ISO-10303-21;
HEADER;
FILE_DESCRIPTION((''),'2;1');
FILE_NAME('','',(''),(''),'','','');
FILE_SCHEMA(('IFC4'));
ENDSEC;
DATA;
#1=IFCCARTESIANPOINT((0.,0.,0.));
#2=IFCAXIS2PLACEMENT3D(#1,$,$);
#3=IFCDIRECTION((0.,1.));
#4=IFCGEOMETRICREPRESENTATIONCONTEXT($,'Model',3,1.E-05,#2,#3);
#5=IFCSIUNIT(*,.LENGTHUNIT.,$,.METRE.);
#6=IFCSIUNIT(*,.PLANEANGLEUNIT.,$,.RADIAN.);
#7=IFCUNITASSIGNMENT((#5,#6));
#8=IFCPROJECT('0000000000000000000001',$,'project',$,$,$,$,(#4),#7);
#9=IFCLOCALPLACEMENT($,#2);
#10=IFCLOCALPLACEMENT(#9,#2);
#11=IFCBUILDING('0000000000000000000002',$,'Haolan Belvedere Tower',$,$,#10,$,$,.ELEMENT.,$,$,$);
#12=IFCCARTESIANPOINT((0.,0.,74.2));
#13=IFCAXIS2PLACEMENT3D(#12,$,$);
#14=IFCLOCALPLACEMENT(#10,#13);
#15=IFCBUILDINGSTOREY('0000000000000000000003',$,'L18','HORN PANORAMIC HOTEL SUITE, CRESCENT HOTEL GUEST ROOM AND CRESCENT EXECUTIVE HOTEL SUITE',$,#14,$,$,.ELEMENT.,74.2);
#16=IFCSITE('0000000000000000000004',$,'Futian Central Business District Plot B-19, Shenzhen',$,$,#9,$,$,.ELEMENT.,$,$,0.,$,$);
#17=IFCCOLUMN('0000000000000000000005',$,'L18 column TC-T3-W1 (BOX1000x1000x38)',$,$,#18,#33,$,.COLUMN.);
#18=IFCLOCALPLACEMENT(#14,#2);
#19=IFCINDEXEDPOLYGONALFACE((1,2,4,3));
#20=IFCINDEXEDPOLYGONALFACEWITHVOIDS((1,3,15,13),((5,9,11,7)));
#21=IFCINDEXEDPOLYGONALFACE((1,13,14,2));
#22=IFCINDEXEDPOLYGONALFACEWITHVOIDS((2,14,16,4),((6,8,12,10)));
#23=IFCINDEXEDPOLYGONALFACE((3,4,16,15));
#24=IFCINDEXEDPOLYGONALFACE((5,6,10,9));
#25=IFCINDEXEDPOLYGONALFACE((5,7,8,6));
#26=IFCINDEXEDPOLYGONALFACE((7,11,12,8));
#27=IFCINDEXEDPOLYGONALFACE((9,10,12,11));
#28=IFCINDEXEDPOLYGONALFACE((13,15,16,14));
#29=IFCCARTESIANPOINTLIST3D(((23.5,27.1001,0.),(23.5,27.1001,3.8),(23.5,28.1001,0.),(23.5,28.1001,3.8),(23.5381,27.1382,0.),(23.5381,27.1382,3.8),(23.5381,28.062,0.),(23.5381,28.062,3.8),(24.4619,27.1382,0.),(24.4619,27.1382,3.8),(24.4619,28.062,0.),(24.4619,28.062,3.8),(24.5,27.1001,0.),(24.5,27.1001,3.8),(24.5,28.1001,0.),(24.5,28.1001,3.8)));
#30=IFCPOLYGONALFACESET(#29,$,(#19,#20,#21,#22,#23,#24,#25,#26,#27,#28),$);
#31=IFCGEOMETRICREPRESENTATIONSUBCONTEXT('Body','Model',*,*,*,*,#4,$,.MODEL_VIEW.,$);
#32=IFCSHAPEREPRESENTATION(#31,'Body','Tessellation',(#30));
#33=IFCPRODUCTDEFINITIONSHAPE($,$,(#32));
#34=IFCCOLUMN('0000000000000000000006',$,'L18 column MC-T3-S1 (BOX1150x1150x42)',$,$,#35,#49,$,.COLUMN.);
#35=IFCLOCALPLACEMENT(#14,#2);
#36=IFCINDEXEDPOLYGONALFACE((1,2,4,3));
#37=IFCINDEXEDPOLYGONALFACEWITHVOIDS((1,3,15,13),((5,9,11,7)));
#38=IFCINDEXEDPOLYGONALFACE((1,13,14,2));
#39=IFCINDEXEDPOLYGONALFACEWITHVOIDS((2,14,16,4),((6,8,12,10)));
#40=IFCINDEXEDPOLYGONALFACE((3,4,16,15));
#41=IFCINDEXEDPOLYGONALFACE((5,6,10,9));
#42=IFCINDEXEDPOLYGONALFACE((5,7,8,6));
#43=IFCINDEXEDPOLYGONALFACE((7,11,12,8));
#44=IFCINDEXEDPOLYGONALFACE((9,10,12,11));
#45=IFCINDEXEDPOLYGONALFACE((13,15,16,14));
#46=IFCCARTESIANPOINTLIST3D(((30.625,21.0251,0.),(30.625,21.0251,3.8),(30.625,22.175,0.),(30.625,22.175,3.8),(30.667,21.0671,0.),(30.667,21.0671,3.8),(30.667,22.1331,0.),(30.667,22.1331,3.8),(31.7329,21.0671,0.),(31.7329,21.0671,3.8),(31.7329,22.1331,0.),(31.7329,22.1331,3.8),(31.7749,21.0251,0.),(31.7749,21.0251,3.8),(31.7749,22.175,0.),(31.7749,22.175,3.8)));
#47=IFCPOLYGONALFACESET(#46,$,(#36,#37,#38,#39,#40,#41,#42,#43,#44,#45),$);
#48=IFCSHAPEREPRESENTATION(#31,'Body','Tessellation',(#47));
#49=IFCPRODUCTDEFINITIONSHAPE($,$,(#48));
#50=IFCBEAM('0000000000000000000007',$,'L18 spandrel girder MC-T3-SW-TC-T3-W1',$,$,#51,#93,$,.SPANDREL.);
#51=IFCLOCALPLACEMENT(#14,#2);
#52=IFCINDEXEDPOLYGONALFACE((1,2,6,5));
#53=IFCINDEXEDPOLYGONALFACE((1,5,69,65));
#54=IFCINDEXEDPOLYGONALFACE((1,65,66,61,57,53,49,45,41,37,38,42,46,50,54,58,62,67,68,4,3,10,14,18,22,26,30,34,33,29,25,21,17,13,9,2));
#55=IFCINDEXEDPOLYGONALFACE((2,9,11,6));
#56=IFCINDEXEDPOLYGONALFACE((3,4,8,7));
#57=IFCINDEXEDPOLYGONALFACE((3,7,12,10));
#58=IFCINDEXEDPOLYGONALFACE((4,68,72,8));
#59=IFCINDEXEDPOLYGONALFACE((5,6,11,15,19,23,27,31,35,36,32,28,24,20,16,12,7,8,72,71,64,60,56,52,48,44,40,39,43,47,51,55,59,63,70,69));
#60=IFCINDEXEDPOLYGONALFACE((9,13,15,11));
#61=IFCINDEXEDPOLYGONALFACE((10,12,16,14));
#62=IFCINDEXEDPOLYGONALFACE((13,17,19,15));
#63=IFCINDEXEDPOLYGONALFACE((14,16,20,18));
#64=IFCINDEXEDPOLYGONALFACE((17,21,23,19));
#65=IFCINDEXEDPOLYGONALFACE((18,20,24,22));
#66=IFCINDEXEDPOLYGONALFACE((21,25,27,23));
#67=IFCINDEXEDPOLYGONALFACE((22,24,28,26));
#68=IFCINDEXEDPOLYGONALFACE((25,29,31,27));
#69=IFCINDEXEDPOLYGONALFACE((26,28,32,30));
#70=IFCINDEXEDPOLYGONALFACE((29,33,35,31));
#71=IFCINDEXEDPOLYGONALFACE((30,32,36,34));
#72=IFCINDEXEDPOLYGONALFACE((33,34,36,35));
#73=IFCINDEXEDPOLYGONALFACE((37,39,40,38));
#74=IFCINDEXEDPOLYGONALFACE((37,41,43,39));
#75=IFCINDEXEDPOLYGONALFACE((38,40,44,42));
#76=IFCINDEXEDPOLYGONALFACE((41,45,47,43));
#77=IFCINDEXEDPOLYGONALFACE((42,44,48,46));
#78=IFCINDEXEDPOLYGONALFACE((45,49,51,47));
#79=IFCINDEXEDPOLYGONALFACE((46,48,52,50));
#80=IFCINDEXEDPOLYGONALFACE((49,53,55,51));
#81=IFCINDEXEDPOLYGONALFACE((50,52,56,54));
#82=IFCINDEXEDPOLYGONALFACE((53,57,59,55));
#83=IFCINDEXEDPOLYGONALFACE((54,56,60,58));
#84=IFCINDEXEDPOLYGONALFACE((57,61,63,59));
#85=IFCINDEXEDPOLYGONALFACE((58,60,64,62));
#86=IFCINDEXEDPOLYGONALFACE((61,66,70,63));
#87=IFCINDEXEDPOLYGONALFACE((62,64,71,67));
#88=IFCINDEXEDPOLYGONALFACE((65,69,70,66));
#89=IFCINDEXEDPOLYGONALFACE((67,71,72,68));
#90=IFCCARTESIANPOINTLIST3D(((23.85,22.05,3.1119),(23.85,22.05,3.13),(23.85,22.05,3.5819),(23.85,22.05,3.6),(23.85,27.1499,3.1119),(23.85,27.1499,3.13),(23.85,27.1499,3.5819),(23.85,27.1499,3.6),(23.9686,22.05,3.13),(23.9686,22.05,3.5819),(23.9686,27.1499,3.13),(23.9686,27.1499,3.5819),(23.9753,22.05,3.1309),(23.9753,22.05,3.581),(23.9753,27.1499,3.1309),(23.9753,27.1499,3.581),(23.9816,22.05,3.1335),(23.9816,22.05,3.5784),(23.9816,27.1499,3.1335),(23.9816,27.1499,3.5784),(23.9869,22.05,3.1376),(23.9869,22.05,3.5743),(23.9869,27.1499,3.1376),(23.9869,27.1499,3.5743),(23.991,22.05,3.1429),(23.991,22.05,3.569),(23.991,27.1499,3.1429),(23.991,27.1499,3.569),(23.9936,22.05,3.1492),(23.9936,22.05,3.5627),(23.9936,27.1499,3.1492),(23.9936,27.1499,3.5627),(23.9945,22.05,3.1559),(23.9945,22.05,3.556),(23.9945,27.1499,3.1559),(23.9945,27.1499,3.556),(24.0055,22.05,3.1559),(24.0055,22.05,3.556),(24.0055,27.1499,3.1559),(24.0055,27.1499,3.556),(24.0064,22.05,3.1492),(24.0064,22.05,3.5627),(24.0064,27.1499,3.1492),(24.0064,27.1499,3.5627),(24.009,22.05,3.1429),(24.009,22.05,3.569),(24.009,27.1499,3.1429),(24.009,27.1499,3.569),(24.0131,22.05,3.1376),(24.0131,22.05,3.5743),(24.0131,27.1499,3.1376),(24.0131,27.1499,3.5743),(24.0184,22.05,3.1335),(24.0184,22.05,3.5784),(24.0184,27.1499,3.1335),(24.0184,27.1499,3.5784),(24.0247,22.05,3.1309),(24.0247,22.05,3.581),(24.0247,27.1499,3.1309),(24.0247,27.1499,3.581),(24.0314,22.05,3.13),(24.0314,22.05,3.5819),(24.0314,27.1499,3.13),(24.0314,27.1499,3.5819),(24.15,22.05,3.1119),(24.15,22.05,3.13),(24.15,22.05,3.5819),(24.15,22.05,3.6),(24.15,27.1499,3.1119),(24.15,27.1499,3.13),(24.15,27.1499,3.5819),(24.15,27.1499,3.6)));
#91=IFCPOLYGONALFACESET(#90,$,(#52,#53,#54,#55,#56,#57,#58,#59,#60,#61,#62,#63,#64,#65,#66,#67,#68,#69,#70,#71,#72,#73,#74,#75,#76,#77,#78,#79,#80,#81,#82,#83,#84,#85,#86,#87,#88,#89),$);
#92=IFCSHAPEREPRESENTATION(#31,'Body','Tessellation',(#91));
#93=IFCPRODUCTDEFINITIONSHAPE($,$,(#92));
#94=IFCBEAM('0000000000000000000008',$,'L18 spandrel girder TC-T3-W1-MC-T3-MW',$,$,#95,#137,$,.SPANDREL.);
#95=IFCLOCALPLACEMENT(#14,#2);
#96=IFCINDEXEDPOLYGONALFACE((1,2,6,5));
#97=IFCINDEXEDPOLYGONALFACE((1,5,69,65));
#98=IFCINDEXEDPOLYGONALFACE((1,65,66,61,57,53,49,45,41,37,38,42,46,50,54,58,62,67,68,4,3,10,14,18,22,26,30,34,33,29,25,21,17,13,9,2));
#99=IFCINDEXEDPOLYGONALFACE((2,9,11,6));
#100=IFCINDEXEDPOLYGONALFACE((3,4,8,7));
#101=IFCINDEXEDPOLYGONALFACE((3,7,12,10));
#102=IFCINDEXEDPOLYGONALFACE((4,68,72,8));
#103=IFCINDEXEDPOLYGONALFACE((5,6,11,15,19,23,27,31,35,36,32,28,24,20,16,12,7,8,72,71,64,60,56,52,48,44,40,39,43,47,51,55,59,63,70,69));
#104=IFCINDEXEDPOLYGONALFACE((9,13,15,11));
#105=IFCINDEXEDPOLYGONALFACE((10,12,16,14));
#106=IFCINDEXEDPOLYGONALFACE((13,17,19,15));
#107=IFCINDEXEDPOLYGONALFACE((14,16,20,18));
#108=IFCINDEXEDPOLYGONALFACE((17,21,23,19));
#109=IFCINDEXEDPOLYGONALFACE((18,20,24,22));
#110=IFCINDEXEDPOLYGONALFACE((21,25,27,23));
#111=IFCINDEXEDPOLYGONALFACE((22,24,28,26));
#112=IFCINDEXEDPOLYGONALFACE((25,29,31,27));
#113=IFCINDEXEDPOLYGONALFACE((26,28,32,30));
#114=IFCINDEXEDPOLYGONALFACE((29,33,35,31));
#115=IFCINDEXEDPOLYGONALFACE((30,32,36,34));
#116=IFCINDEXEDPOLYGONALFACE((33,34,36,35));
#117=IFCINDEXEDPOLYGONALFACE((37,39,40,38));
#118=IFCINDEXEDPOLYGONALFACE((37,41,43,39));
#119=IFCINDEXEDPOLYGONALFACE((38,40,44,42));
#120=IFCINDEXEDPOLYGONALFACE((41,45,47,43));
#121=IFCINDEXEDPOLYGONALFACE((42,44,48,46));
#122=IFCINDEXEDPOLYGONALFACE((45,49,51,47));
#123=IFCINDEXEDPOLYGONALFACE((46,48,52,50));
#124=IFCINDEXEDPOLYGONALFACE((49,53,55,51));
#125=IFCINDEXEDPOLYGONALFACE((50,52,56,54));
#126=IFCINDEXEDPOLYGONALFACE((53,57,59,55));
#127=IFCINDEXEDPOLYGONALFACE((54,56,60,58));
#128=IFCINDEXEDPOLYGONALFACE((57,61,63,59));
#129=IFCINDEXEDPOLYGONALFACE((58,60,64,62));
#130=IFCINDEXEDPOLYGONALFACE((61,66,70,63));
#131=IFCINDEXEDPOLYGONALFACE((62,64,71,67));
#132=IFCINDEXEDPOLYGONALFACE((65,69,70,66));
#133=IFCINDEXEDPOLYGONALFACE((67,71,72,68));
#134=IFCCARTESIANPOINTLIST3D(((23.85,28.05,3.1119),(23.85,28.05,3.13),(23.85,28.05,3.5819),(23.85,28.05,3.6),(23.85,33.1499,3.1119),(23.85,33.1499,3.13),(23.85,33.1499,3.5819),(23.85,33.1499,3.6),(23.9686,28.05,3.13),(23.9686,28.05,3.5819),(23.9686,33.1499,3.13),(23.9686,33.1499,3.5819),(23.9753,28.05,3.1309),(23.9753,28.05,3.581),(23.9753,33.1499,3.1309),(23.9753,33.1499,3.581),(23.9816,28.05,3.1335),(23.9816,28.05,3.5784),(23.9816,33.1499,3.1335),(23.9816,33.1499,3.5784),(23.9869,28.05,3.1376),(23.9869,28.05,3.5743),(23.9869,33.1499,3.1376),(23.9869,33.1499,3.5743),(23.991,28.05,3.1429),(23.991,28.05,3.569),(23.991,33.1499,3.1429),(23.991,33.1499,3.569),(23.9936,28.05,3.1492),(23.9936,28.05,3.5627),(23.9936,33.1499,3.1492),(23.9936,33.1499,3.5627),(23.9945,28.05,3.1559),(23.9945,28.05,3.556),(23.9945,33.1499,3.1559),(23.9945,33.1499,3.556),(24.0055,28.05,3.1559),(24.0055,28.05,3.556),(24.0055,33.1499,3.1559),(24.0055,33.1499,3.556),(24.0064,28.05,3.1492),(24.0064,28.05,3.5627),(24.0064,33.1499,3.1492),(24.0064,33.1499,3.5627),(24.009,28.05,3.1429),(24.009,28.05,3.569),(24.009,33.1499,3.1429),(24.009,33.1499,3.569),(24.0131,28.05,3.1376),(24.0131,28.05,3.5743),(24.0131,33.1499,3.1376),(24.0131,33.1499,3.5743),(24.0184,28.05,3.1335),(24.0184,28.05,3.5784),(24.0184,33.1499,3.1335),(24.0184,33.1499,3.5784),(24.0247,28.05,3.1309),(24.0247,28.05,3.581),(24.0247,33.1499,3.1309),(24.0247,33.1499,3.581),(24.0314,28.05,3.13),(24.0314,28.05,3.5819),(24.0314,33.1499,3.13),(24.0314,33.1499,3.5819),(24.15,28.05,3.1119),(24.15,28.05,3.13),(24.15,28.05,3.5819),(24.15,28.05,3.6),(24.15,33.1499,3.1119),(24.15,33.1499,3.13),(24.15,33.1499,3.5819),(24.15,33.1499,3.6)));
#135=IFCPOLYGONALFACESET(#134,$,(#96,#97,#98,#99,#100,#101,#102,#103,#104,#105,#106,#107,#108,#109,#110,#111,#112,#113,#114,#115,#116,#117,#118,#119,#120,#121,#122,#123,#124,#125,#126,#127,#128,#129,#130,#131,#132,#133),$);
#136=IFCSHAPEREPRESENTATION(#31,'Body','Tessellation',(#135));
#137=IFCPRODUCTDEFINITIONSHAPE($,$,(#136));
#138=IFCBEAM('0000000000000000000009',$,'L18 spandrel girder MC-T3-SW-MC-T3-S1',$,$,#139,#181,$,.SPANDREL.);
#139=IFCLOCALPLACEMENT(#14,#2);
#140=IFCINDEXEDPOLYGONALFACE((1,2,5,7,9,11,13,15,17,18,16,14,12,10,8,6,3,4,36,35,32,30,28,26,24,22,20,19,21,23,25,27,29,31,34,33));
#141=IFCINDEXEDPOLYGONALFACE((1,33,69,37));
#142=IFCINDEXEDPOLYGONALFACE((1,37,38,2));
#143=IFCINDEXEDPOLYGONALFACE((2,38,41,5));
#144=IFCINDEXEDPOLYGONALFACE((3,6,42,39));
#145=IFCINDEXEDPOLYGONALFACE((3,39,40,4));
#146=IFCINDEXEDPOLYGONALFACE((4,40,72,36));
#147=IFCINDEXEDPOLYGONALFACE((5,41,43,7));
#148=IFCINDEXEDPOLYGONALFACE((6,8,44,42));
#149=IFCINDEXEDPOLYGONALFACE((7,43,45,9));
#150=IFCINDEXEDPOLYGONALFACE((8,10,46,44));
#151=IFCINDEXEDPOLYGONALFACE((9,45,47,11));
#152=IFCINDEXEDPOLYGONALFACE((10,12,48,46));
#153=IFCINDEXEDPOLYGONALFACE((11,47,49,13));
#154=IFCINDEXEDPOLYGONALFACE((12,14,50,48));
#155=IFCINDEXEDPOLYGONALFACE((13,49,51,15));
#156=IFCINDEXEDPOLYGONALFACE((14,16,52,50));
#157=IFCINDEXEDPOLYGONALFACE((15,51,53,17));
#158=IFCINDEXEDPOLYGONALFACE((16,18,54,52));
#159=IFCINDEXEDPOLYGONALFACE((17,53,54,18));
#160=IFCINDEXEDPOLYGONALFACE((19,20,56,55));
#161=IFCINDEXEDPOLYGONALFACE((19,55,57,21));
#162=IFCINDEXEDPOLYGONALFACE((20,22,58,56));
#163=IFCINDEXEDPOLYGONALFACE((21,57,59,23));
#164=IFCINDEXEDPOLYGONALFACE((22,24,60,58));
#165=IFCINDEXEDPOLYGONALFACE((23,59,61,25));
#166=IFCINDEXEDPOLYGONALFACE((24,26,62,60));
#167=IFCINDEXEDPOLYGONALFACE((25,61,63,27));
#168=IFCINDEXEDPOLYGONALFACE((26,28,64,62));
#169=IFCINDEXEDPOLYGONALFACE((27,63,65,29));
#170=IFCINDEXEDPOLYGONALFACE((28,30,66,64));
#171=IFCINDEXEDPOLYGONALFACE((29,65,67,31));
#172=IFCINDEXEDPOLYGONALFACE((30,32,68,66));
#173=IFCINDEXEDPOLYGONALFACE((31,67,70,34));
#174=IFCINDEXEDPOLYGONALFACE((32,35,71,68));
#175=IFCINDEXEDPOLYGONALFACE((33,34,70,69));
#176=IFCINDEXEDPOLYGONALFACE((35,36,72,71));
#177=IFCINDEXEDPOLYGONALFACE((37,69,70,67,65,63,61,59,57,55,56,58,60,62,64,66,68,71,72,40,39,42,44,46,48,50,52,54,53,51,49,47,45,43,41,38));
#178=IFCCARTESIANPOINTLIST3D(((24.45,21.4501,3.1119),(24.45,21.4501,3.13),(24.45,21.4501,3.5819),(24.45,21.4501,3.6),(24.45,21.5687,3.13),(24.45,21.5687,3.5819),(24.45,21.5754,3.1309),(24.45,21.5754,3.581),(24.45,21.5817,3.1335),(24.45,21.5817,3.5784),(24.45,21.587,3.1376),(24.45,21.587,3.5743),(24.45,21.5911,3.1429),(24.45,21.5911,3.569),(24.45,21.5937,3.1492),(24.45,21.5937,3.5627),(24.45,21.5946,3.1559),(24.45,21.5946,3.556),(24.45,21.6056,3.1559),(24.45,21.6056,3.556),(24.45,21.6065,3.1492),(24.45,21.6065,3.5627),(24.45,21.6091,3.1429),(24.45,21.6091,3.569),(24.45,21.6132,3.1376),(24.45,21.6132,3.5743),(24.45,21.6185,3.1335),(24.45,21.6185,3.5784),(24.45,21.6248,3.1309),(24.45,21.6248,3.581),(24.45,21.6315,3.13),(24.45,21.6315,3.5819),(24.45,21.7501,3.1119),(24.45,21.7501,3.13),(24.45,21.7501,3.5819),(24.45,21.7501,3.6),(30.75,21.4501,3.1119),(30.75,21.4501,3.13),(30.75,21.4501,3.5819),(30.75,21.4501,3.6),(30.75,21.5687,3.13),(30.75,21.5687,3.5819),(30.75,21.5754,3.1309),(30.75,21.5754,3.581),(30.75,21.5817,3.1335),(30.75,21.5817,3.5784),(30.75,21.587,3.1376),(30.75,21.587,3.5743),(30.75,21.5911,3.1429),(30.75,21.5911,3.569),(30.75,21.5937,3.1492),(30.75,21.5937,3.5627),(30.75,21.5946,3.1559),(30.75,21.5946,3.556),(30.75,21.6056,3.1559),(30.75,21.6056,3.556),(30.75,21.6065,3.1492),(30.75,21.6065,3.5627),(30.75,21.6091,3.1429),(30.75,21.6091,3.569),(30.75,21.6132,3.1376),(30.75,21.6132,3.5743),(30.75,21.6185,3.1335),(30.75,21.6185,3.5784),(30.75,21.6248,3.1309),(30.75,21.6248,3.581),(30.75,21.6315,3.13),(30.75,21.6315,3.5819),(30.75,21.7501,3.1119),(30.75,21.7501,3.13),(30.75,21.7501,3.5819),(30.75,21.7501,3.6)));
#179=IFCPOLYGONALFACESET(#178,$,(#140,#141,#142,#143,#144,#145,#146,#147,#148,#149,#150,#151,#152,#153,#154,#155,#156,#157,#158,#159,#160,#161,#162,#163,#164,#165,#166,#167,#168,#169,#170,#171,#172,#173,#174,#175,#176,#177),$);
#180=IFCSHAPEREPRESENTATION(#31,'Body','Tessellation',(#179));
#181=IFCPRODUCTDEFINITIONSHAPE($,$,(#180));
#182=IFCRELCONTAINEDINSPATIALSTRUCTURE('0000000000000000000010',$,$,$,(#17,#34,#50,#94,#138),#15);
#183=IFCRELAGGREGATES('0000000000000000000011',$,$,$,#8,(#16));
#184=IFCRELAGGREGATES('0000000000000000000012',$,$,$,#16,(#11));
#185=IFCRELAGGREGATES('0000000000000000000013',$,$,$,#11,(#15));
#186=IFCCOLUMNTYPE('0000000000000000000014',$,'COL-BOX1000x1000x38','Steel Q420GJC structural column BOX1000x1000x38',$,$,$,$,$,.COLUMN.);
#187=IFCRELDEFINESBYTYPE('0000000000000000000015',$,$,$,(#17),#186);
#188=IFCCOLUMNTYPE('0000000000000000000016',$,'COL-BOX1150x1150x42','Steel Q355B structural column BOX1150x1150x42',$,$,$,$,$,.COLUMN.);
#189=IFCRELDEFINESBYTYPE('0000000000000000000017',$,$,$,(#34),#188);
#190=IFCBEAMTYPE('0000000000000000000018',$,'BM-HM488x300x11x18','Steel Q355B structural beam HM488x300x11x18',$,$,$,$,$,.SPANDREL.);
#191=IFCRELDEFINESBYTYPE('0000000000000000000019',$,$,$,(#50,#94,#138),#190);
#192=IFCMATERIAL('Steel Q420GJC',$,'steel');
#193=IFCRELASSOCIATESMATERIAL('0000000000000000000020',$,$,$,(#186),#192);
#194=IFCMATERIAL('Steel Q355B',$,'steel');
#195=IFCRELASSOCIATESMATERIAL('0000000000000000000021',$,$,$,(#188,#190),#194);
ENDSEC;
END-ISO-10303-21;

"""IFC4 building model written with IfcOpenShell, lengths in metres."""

from ifc_helpers import new_model, si_unit, direction, frame, origin, origin_2d, place, context, subcontext, project, spatial, hollow_rectangle, i_section, extrude, material, material_profile, profile_set, type_object, element, save


model = new_model("IFC4")

# Units and contexts
model_context = context("Model", 3, precision=1e-05, world=origin(), true_north=direction((0.0, 1.0)))
body_context = subcontext(model_context, "Body", "Model", "MODEL_VIEW")
ifc_project = project(units=[si_unit("LENGTHUNIT", "METRE"), si_unit("PLANEANGLEUNIT", "RADIAN")], contexts=[model_context])

# Site, building, storey
site_placement = place(None, origin())
site = spatial("IfcSite", under=ifc_project, at=site_placement, Name="Futian Central Business District Plot B-19, Shenzhen", CompositionType="ELEMENT", RefElevation=0.0)
building_placement = place(site_placement, origin())
building = spatial("IfcBuilding", under=site, at=building_placement, Name="Haolan Belvedere Tower", CompositionType="ELEMENT")
storey_placement = place(building_placement, frame((0.0, 0.0, 74.2)))
storey = spatial("IfcBuildingStorey", under=building, at=storey_placement, Name="L18", Description="HORN PANORAMIC HOTEL SUITE, CRESCENT HOTEL GUEST ROOM AND CRESCENT EXECUTIVE HOTEL SUITE", CompositionType="ELEMENT", Elevation=74.2)

# Columns
ifc_material_1 = material(Name="Steel Q420GJC", Category="steel")
ifc_material_profile_1 = material_profile(ifc_material_1, hollow_rectangle(XDim=1.0, YDim=1.0, WallThickness=0.0381, at=origin_2d()), Name="Steel Q420GJC")
ifc_profile_set_1 = profile_set([ifc_material_profile_1], Name="Steel Q420GJC")
column_type_1 = type_object("IfcColumnType", Name="COL-BOX1000x1000x38", Description="Steel Q420GJC structural column BOX1000x1000x38", PredefinedType="COLUMN", material=ifc_profile_set_1)
column_1_placement = place(storey_placement, frame((24.0, 27.6001, 0.0), z_axis=(0.0, 0.0, 1.0), x_axis=(1.0, 0.0, 0.0)))
element("IfcColumn", 1, at=column_1_placement, inside=storey, type_object=column_type_1, Name="L18 column TC-T3-W1 (BOX1000x1000x38)", PredefinedType="COLUMN", context=body_context, shape_type="SweptSolid", body=[
    extrude(hollow_rectangle(XDim=1.0, YDim=1.0, WallThickness=0.0381, at=origin_2d()), origin(), (0.0, 0.0, 1.0), 3.8),
])
ifc_material_2 = material(Name="Steel Q355B", Category="steel")
ifc_material_profile_2 = material_profile(ifc_material_2, hollow_rectangle(XDim=1.1499, YDim=1.1499, WallThickness=0.042, at=origin_2d()), Name="Steel Q355B")
ifc_profile_set_2 = profile_set([ifc_material_profile_2], Name="Steel Q355B")
column_type_2 = type_object("IfcColumnType", Name="COL-BOX1150x1150x42", Description="Steel Q355B structural column BOX1150x1150x42", PredefinedType="COLUMN", material=ifc_profile_set_2)
column_2_placement = place(storey_placement, frame((31.2, 21.6001, 0.0), z_axis=(0.0, 0.0, 1.0), x_axis=(1.0, 0.0, 0.0)))
element("IfcColumn", 2, at=column_2_placement, inside=storey, type_object=column_type_2, Name="L18 column MC-T3-S1 (BOX1150x1150x42)", PredefinedType="COLUMN", context=body_context, shape_type="SweptSolid", body=[
    extrude(hollow_rectangle(XDim=1.1499, YDim=1.1499, WallThickness=0.042, at=origin_2d()), origin(), (0.0, 0.0, 1.0), 3.8),
])

# Beams
ifc_material_profile_3 = material_profile(ifc_material_2, i_section(OverallWidth=0.3, OverallDepth=0.488, WebThickness=0.011, FlangeThickness=0.0181, FilletRadius=0.0259, at=origin_2d()), Name="Steel Q355B")
ifc_profile_set_3 = profile_set([ifc_material_profile_3], Name="Steel Q355B")
beam_type_1 = type_object("IfcBeamType", Name="BM-HM488x300x11x18", Description="Steel Q355B structural beam HM488x300x11x18", PredefinedType="SPANDREL", material=ifc_profile_set_3)
for number, where, z_axis, x_axis, name in (
    (3, (24.0, 22.05, 3.356), (0.0, 1.0, 0.0), (-1.0, 0.0, 0.0), "L18 spandrel girder MC-T3-SW-TC-T3-W1"),
    (4, (24.0, 28.05, 3.356), (0.0, 1.0, 0.0), (-1.0, 0.0, 0.0), "L18 spandrel girder TC-T3-W1-MC-T3-MW"),
):
    element("IfcBeam", number, at=place(storey_placement, frame(where, z_axis=z_axis, x_axis=x_axis)), inside=storey, type_object=beam_type_1, Name=name, PredefinedType="SPANDREL", context=body_context, shape_type="SweptSolid", body=[
        extrude(i_section(OverallWidth=0.3, OverallDepth=0.488, WebThickness=0.011, FlangeThickness=0.0181, FilletRadius=0.0259, at=origin_2d()), origin(), (0.0, 0.0, 1.0), 5.0999),
    ])
for number, where, z_axis, x_axis, name in (
    (5, (24.45, 21.6001, 3.356), (1.0, 0.0, 0.0), (0.0, 1.0, 0.0), "L18 spandrel girder MC-T3-SW-MC-T3-S1"),
):
    element("IfcBeam", number, at=place(storey_placement, frame(where, z_axis=z_axis, x_axis=x_axis)), inside=storey, type_object=beam_type_1, Name=name, PredefinedType="SPANDREL", context=body_context, shape_type="SweptSolid", body=[
        extrude(i_section(OverallWidth=0.3, OverallDepth=0.488, WebThickness=0.011, FlangeThickness=0.0181, FilletRadius=0.0259, at=origin_2d()), origin(), (0.0, 0.0, 1.0), 6.3),
    ])

save(model, "model.ifc")
